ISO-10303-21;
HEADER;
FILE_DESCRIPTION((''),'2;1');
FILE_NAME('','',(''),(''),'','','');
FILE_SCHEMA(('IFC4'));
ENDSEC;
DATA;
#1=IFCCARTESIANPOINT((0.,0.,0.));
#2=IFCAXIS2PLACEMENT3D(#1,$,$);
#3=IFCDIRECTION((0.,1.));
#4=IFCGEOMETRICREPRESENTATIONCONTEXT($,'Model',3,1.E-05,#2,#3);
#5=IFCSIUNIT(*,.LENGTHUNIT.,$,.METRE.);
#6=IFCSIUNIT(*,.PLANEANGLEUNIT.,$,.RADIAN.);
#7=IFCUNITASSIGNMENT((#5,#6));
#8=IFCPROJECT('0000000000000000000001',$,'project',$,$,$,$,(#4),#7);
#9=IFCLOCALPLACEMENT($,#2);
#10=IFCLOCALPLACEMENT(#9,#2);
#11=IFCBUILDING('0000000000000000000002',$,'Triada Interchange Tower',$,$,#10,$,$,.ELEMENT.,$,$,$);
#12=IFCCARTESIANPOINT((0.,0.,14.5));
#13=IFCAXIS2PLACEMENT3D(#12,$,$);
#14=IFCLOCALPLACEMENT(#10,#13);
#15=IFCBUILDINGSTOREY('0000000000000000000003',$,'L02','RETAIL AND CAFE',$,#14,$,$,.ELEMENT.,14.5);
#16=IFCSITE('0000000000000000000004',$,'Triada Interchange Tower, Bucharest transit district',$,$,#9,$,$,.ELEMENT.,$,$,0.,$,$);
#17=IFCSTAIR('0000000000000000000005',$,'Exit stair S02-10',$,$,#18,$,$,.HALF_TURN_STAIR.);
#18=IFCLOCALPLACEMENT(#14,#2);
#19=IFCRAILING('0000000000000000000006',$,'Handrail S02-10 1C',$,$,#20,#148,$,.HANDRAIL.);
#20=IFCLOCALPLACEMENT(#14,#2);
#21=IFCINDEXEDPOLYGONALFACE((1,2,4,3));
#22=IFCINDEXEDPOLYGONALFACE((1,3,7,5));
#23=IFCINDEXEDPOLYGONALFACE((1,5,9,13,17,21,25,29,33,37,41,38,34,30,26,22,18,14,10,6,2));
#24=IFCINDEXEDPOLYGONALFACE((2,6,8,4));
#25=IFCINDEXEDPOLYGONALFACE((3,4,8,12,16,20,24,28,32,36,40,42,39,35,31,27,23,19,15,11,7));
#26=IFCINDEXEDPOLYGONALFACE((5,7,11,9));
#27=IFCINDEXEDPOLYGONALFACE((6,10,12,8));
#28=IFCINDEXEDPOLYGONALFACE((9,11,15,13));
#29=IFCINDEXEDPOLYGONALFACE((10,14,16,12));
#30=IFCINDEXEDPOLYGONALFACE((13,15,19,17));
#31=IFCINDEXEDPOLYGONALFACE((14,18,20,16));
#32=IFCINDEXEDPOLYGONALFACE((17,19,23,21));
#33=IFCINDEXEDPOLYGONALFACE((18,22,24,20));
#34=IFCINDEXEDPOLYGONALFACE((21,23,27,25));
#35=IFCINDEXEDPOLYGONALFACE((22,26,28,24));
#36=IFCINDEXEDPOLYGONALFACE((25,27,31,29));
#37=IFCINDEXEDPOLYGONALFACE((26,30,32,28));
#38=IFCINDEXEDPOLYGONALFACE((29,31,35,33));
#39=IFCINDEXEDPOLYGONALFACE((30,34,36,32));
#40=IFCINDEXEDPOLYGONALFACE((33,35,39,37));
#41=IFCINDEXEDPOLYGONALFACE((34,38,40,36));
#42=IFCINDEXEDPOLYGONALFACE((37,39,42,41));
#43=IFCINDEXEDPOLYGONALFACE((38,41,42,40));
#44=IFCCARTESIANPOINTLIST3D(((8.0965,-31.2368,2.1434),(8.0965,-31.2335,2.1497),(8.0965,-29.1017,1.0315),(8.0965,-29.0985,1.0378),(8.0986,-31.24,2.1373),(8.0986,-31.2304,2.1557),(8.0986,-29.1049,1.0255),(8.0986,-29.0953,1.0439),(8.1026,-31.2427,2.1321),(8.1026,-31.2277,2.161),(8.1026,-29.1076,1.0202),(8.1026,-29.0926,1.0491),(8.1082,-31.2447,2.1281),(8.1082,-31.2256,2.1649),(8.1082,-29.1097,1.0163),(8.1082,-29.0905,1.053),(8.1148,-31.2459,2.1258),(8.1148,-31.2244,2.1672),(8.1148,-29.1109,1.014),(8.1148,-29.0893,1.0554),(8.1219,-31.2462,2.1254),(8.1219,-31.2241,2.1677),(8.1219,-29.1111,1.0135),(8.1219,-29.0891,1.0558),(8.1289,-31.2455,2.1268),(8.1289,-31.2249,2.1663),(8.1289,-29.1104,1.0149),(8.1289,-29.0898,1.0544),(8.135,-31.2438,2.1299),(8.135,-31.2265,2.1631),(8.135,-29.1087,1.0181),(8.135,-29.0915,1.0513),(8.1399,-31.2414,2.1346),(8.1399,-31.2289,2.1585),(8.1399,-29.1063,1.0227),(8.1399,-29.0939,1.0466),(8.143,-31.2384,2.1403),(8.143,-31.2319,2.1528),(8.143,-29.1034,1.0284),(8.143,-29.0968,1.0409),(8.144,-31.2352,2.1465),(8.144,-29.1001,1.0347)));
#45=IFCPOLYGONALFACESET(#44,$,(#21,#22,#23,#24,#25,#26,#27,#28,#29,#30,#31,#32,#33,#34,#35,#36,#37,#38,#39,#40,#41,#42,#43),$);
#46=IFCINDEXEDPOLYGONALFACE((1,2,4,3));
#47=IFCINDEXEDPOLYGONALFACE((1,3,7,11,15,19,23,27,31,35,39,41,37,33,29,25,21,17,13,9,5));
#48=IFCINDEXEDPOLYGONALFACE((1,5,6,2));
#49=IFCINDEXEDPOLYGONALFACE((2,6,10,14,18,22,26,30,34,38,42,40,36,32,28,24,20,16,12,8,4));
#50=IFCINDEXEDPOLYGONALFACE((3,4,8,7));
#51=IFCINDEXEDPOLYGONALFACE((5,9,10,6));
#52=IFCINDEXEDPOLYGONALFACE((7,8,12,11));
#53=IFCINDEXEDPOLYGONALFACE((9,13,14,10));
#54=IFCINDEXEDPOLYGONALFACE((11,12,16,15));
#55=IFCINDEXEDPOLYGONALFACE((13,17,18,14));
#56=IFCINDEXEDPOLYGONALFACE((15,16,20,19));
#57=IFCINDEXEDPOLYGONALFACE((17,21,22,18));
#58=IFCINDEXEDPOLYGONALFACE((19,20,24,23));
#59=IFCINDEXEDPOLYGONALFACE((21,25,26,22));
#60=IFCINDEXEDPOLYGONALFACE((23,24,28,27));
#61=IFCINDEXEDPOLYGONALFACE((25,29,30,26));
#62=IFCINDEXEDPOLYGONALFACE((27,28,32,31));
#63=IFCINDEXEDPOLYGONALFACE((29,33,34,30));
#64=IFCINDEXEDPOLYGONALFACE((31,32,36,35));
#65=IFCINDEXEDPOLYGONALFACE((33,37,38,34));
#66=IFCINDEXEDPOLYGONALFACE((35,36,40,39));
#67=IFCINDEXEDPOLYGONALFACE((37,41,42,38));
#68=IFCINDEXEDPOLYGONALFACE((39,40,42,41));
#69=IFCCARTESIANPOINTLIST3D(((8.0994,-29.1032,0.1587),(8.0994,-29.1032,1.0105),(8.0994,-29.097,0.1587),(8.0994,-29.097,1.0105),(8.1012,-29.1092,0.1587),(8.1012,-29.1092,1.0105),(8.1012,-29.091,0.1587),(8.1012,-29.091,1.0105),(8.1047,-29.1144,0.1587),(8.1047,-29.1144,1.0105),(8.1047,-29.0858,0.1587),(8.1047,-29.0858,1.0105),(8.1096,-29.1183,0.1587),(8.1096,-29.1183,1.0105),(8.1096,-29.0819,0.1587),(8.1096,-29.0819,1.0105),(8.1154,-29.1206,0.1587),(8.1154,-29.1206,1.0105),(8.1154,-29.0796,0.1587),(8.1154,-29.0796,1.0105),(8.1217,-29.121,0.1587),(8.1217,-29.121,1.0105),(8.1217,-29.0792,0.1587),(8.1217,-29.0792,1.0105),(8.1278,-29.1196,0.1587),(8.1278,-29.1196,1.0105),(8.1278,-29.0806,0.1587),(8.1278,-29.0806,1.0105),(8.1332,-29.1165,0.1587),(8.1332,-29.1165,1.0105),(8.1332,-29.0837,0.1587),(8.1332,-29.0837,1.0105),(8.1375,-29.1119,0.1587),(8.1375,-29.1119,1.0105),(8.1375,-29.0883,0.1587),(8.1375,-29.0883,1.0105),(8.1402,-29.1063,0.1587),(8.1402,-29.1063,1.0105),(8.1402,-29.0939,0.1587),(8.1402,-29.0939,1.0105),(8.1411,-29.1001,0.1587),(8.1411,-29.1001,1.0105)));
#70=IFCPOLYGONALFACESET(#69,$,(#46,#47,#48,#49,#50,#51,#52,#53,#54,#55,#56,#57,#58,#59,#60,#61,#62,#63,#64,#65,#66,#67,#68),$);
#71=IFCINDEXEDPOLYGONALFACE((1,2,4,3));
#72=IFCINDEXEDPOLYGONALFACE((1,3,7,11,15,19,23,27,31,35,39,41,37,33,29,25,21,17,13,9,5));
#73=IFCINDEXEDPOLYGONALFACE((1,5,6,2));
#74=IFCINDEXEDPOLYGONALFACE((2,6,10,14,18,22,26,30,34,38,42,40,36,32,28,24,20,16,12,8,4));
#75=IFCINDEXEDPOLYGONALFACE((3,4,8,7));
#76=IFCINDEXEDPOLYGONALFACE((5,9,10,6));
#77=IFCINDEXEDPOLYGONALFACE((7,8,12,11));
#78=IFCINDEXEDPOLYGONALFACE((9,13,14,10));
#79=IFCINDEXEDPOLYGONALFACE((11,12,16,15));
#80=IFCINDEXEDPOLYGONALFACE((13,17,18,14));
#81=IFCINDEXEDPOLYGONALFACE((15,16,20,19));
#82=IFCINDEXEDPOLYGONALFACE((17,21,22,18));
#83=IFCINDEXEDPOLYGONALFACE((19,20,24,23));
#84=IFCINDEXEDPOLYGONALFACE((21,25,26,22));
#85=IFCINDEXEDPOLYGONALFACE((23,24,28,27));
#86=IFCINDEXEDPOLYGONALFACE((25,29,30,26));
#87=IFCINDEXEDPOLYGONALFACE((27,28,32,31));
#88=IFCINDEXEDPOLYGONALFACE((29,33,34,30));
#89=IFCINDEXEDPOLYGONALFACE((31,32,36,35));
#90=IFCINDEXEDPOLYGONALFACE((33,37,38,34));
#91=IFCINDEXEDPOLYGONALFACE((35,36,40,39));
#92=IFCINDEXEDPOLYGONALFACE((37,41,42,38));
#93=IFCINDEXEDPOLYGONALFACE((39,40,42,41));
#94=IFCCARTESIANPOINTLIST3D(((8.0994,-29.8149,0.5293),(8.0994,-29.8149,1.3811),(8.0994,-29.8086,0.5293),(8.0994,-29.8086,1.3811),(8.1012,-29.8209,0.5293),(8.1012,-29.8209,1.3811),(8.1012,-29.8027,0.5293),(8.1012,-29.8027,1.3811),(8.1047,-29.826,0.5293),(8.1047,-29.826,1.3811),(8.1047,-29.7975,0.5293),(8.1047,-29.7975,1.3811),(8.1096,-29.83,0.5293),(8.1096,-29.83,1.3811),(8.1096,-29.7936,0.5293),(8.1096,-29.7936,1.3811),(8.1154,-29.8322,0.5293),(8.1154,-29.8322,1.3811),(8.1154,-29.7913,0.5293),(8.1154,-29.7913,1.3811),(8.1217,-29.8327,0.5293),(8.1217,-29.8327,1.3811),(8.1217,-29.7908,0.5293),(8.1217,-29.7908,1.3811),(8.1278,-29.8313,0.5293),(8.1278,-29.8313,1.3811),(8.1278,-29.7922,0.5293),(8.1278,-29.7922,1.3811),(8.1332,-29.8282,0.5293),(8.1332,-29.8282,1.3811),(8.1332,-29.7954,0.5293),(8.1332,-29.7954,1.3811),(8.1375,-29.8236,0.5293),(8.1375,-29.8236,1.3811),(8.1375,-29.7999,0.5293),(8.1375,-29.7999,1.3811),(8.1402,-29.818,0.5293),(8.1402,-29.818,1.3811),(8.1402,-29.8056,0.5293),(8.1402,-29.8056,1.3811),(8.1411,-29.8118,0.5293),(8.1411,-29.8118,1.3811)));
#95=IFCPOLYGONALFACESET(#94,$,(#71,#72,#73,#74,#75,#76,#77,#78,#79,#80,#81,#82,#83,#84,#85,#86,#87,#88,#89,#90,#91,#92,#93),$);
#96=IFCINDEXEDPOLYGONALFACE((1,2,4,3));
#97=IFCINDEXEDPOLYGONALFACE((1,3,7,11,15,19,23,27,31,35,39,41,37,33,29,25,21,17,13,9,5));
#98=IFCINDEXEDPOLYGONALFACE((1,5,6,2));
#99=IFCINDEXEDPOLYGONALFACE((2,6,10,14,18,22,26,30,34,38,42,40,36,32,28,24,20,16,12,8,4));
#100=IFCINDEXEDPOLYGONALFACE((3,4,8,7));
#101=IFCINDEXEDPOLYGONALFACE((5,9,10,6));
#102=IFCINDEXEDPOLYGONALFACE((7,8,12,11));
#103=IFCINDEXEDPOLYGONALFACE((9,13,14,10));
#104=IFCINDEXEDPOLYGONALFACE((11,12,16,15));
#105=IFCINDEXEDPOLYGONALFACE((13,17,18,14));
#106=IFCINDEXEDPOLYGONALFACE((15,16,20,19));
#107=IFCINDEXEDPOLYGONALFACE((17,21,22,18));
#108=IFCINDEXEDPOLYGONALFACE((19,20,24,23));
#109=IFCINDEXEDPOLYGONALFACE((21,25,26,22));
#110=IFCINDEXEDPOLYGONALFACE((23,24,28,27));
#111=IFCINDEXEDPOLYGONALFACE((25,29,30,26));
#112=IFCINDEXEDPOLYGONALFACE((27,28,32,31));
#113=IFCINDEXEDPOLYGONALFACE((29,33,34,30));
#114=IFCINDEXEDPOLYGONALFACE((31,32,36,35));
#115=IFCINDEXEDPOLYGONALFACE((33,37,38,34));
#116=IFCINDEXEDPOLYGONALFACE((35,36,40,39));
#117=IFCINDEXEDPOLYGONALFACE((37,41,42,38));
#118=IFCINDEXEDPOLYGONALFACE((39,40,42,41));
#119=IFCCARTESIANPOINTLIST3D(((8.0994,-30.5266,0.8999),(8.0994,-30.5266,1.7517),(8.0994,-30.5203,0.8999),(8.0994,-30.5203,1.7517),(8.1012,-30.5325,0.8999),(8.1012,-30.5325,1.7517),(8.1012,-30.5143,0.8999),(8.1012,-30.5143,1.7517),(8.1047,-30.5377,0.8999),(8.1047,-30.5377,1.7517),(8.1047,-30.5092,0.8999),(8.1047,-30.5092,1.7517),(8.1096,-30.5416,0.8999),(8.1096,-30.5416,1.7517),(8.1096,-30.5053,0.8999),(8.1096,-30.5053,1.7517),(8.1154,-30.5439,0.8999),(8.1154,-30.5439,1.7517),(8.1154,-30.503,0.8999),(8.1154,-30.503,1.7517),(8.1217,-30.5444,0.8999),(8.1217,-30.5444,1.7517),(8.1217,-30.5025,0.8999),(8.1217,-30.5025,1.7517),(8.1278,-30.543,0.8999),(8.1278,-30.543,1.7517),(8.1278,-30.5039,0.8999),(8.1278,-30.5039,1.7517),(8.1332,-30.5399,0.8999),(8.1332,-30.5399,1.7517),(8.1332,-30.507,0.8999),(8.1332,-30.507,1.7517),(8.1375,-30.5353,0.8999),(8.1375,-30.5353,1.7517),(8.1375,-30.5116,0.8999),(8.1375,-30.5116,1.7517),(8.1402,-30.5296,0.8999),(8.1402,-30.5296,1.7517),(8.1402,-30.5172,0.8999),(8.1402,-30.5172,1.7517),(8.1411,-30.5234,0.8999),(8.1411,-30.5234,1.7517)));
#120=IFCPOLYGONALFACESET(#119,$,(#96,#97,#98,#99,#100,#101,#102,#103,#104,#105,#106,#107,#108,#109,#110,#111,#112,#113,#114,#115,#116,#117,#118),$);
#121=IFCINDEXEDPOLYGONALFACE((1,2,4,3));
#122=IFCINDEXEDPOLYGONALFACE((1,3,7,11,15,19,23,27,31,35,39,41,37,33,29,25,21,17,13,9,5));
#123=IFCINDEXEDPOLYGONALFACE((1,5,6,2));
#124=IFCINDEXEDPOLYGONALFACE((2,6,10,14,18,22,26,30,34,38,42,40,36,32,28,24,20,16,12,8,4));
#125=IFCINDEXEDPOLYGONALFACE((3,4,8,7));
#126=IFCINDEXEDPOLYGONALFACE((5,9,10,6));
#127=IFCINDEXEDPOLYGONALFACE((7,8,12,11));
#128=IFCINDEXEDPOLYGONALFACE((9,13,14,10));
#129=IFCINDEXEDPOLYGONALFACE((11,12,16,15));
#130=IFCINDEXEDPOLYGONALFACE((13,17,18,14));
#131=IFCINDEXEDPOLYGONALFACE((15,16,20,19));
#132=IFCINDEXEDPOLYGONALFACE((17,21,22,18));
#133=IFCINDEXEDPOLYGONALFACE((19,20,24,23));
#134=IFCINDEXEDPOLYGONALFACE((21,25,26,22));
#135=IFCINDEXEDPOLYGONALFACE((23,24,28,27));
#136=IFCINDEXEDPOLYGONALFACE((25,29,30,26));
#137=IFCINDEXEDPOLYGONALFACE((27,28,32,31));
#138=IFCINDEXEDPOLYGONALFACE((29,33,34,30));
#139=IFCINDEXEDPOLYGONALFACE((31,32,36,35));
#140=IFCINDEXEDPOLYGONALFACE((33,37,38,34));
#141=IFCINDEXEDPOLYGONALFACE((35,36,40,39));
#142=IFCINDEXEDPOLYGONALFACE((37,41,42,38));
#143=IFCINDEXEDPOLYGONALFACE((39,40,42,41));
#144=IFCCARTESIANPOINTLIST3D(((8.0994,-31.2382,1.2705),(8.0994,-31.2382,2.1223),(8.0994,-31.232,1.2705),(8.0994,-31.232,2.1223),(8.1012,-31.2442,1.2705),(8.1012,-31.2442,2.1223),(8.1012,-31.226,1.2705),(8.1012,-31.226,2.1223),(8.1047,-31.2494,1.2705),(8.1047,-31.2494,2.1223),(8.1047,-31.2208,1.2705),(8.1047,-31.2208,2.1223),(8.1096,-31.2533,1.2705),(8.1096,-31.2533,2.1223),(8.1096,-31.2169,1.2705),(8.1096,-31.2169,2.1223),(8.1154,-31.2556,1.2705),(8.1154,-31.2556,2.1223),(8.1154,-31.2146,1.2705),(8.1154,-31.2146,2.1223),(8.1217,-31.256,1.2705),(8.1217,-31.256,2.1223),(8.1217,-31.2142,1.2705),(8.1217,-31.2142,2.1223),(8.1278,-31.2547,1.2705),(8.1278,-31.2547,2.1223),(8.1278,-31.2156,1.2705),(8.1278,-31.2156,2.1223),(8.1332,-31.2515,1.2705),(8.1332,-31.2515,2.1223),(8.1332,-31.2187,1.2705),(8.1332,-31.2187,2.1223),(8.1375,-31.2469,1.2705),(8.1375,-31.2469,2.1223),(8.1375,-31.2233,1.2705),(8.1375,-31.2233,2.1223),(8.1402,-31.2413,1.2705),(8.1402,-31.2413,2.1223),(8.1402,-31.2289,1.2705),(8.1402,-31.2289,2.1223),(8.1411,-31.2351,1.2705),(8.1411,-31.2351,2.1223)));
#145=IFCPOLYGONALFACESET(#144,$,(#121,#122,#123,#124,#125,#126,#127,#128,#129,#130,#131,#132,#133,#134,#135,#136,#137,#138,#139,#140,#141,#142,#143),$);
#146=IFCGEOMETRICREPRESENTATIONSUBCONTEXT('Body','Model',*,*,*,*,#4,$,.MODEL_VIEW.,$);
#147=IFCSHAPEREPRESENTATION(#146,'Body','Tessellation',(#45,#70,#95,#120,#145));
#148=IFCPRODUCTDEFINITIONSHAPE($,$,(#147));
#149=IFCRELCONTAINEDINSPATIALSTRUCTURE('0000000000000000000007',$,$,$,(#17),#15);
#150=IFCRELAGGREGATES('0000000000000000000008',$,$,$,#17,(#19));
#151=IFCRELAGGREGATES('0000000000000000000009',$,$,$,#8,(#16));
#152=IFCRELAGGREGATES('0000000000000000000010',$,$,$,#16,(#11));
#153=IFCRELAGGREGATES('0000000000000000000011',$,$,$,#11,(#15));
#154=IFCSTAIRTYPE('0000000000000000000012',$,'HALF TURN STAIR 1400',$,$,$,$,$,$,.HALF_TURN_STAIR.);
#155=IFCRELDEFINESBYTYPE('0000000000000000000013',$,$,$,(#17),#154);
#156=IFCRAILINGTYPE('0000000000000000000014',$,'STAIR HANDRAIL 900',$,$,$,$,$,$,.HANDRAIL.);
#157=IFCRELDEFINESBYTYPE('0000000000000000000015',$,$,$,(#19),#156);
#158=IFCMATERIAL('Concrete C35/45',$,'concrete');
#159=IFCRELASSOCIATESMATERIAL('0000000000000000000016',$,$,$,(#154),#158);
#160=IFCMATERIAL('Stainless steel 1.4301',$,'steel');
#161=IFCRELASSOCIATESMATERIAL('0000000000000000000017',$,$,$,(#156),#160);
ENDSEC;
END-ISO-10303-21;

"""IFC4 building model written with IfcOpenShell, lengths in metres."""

from ifc_helpers import new_model, si_unit, direction, frame, origin, origin_2d, place, context, subcontext, project, spatial, circle, extrude, material, type_object, element, aggregate, save


model = new_model("IFC4")

# Units and contexts
model_context = context("Model", 3, precision=1e-05, world=origin(), true_north=direction((0.0, 1.0)))
body_context = subcontext(model_context, "Body", "Model", "MODEL_VIEW")
ifc_project = project(units=[si_unit("LENGTHUNIT", "METRE"), si_unit("PLANEANGLEUNIT", "RADIAN")], contexts=[model_context])

# Site, building, storey
site_placement = place(None, origin())
site = spatial("IfcSite", under=ifc_project, at=site_placement, Name="Triada Interchange Tower, Bucharest transit district", CompositionType="ELEMENT", RefElevation=0.0)
building_placement = place(site_placement, origin())
building = spatial("IfcBuilding", under=site, at=building_placement, Name="Triada Interchange Tower", CompositionType="ELEMENT")
storey_placement = place(building_placement, frame((0.0, 0.0, 14.5)))
storey = spatial("IfcBuildingStorey", under=building, at=storey_placement, Name="L02", Description="RETAIL AND CAFE", CompositionType="ELEMENT", Elevation=14.5)

# Shared definitions
ifc_material_1 = material(Name="Concrete C35/45", Category="concrete")

# Stair, railing
stair_type = type_object("IfcStairType", Name="HALF TURN STAIR 1400", PredefinedType="HALF_TURN_STAIR", material=ifc_material_1)
stair_placement = place(storey_placement, origin())
stair = element("IfcStair", 1, at=stair_placement, inside=storey, type_object=stair_type, Name="Exit stair S02-10", PredefinedType="HALF_TURN_STAIR")
ifc_material_2 = material(Name="Stainless steel 1.4301", Category="steel")
railing_type_1 = type_object("IfcRailingType", Name="STAIR HANDRAIL 900", PredefinedType="HANDRAIL", material=ifc_material_2)
railing_1_placement = place(storey_placement, frame((8.1201, -29.1001, 0.1587)))
railing_1 = element("IfcRailing", 2, at=railing_1_placement, type_object=railing_type_1, Name="Handrail S02-10 1C", PredefinedType="HANDRAIL", context=body_context, shape_type="SweptSolid", body=[
    extrude(circle(Radius=0.0239, at=origin_2d()), frame((0.0, 0.0, 0.876), z_axis=(0.0, -0.886943, 0.46188), x_axis=(1.0, 0.0, 0.0)), (0.0, 0.0, 1.0), 2.4072),
    extrude(circle(Radius=0.021, at=origin_2d()), origin(), (0.0, 0.0, 1.0), 0.8518),
    extrude(circle(Radius=0.021, at=origin_2d()), frame((0.0, -0.7117, 0.3706)), (0.0, 0.0, 1.0), 0.8518),
    extrude(circle(Radius=0.021, at=origin_2d()), frame((0.0, -1.4233, 0.7412)), (0.0, 0.0, 1.0), 0.8518),
    extrude(circle(Radius=0.021, at=origin_2d()), frame((0.0, -2.135, 1.1118)), (0.0, 0.0, 1.0), 0.8518),
])
aggregate(stair, [railing_1])

save(model, "model.ifc")
